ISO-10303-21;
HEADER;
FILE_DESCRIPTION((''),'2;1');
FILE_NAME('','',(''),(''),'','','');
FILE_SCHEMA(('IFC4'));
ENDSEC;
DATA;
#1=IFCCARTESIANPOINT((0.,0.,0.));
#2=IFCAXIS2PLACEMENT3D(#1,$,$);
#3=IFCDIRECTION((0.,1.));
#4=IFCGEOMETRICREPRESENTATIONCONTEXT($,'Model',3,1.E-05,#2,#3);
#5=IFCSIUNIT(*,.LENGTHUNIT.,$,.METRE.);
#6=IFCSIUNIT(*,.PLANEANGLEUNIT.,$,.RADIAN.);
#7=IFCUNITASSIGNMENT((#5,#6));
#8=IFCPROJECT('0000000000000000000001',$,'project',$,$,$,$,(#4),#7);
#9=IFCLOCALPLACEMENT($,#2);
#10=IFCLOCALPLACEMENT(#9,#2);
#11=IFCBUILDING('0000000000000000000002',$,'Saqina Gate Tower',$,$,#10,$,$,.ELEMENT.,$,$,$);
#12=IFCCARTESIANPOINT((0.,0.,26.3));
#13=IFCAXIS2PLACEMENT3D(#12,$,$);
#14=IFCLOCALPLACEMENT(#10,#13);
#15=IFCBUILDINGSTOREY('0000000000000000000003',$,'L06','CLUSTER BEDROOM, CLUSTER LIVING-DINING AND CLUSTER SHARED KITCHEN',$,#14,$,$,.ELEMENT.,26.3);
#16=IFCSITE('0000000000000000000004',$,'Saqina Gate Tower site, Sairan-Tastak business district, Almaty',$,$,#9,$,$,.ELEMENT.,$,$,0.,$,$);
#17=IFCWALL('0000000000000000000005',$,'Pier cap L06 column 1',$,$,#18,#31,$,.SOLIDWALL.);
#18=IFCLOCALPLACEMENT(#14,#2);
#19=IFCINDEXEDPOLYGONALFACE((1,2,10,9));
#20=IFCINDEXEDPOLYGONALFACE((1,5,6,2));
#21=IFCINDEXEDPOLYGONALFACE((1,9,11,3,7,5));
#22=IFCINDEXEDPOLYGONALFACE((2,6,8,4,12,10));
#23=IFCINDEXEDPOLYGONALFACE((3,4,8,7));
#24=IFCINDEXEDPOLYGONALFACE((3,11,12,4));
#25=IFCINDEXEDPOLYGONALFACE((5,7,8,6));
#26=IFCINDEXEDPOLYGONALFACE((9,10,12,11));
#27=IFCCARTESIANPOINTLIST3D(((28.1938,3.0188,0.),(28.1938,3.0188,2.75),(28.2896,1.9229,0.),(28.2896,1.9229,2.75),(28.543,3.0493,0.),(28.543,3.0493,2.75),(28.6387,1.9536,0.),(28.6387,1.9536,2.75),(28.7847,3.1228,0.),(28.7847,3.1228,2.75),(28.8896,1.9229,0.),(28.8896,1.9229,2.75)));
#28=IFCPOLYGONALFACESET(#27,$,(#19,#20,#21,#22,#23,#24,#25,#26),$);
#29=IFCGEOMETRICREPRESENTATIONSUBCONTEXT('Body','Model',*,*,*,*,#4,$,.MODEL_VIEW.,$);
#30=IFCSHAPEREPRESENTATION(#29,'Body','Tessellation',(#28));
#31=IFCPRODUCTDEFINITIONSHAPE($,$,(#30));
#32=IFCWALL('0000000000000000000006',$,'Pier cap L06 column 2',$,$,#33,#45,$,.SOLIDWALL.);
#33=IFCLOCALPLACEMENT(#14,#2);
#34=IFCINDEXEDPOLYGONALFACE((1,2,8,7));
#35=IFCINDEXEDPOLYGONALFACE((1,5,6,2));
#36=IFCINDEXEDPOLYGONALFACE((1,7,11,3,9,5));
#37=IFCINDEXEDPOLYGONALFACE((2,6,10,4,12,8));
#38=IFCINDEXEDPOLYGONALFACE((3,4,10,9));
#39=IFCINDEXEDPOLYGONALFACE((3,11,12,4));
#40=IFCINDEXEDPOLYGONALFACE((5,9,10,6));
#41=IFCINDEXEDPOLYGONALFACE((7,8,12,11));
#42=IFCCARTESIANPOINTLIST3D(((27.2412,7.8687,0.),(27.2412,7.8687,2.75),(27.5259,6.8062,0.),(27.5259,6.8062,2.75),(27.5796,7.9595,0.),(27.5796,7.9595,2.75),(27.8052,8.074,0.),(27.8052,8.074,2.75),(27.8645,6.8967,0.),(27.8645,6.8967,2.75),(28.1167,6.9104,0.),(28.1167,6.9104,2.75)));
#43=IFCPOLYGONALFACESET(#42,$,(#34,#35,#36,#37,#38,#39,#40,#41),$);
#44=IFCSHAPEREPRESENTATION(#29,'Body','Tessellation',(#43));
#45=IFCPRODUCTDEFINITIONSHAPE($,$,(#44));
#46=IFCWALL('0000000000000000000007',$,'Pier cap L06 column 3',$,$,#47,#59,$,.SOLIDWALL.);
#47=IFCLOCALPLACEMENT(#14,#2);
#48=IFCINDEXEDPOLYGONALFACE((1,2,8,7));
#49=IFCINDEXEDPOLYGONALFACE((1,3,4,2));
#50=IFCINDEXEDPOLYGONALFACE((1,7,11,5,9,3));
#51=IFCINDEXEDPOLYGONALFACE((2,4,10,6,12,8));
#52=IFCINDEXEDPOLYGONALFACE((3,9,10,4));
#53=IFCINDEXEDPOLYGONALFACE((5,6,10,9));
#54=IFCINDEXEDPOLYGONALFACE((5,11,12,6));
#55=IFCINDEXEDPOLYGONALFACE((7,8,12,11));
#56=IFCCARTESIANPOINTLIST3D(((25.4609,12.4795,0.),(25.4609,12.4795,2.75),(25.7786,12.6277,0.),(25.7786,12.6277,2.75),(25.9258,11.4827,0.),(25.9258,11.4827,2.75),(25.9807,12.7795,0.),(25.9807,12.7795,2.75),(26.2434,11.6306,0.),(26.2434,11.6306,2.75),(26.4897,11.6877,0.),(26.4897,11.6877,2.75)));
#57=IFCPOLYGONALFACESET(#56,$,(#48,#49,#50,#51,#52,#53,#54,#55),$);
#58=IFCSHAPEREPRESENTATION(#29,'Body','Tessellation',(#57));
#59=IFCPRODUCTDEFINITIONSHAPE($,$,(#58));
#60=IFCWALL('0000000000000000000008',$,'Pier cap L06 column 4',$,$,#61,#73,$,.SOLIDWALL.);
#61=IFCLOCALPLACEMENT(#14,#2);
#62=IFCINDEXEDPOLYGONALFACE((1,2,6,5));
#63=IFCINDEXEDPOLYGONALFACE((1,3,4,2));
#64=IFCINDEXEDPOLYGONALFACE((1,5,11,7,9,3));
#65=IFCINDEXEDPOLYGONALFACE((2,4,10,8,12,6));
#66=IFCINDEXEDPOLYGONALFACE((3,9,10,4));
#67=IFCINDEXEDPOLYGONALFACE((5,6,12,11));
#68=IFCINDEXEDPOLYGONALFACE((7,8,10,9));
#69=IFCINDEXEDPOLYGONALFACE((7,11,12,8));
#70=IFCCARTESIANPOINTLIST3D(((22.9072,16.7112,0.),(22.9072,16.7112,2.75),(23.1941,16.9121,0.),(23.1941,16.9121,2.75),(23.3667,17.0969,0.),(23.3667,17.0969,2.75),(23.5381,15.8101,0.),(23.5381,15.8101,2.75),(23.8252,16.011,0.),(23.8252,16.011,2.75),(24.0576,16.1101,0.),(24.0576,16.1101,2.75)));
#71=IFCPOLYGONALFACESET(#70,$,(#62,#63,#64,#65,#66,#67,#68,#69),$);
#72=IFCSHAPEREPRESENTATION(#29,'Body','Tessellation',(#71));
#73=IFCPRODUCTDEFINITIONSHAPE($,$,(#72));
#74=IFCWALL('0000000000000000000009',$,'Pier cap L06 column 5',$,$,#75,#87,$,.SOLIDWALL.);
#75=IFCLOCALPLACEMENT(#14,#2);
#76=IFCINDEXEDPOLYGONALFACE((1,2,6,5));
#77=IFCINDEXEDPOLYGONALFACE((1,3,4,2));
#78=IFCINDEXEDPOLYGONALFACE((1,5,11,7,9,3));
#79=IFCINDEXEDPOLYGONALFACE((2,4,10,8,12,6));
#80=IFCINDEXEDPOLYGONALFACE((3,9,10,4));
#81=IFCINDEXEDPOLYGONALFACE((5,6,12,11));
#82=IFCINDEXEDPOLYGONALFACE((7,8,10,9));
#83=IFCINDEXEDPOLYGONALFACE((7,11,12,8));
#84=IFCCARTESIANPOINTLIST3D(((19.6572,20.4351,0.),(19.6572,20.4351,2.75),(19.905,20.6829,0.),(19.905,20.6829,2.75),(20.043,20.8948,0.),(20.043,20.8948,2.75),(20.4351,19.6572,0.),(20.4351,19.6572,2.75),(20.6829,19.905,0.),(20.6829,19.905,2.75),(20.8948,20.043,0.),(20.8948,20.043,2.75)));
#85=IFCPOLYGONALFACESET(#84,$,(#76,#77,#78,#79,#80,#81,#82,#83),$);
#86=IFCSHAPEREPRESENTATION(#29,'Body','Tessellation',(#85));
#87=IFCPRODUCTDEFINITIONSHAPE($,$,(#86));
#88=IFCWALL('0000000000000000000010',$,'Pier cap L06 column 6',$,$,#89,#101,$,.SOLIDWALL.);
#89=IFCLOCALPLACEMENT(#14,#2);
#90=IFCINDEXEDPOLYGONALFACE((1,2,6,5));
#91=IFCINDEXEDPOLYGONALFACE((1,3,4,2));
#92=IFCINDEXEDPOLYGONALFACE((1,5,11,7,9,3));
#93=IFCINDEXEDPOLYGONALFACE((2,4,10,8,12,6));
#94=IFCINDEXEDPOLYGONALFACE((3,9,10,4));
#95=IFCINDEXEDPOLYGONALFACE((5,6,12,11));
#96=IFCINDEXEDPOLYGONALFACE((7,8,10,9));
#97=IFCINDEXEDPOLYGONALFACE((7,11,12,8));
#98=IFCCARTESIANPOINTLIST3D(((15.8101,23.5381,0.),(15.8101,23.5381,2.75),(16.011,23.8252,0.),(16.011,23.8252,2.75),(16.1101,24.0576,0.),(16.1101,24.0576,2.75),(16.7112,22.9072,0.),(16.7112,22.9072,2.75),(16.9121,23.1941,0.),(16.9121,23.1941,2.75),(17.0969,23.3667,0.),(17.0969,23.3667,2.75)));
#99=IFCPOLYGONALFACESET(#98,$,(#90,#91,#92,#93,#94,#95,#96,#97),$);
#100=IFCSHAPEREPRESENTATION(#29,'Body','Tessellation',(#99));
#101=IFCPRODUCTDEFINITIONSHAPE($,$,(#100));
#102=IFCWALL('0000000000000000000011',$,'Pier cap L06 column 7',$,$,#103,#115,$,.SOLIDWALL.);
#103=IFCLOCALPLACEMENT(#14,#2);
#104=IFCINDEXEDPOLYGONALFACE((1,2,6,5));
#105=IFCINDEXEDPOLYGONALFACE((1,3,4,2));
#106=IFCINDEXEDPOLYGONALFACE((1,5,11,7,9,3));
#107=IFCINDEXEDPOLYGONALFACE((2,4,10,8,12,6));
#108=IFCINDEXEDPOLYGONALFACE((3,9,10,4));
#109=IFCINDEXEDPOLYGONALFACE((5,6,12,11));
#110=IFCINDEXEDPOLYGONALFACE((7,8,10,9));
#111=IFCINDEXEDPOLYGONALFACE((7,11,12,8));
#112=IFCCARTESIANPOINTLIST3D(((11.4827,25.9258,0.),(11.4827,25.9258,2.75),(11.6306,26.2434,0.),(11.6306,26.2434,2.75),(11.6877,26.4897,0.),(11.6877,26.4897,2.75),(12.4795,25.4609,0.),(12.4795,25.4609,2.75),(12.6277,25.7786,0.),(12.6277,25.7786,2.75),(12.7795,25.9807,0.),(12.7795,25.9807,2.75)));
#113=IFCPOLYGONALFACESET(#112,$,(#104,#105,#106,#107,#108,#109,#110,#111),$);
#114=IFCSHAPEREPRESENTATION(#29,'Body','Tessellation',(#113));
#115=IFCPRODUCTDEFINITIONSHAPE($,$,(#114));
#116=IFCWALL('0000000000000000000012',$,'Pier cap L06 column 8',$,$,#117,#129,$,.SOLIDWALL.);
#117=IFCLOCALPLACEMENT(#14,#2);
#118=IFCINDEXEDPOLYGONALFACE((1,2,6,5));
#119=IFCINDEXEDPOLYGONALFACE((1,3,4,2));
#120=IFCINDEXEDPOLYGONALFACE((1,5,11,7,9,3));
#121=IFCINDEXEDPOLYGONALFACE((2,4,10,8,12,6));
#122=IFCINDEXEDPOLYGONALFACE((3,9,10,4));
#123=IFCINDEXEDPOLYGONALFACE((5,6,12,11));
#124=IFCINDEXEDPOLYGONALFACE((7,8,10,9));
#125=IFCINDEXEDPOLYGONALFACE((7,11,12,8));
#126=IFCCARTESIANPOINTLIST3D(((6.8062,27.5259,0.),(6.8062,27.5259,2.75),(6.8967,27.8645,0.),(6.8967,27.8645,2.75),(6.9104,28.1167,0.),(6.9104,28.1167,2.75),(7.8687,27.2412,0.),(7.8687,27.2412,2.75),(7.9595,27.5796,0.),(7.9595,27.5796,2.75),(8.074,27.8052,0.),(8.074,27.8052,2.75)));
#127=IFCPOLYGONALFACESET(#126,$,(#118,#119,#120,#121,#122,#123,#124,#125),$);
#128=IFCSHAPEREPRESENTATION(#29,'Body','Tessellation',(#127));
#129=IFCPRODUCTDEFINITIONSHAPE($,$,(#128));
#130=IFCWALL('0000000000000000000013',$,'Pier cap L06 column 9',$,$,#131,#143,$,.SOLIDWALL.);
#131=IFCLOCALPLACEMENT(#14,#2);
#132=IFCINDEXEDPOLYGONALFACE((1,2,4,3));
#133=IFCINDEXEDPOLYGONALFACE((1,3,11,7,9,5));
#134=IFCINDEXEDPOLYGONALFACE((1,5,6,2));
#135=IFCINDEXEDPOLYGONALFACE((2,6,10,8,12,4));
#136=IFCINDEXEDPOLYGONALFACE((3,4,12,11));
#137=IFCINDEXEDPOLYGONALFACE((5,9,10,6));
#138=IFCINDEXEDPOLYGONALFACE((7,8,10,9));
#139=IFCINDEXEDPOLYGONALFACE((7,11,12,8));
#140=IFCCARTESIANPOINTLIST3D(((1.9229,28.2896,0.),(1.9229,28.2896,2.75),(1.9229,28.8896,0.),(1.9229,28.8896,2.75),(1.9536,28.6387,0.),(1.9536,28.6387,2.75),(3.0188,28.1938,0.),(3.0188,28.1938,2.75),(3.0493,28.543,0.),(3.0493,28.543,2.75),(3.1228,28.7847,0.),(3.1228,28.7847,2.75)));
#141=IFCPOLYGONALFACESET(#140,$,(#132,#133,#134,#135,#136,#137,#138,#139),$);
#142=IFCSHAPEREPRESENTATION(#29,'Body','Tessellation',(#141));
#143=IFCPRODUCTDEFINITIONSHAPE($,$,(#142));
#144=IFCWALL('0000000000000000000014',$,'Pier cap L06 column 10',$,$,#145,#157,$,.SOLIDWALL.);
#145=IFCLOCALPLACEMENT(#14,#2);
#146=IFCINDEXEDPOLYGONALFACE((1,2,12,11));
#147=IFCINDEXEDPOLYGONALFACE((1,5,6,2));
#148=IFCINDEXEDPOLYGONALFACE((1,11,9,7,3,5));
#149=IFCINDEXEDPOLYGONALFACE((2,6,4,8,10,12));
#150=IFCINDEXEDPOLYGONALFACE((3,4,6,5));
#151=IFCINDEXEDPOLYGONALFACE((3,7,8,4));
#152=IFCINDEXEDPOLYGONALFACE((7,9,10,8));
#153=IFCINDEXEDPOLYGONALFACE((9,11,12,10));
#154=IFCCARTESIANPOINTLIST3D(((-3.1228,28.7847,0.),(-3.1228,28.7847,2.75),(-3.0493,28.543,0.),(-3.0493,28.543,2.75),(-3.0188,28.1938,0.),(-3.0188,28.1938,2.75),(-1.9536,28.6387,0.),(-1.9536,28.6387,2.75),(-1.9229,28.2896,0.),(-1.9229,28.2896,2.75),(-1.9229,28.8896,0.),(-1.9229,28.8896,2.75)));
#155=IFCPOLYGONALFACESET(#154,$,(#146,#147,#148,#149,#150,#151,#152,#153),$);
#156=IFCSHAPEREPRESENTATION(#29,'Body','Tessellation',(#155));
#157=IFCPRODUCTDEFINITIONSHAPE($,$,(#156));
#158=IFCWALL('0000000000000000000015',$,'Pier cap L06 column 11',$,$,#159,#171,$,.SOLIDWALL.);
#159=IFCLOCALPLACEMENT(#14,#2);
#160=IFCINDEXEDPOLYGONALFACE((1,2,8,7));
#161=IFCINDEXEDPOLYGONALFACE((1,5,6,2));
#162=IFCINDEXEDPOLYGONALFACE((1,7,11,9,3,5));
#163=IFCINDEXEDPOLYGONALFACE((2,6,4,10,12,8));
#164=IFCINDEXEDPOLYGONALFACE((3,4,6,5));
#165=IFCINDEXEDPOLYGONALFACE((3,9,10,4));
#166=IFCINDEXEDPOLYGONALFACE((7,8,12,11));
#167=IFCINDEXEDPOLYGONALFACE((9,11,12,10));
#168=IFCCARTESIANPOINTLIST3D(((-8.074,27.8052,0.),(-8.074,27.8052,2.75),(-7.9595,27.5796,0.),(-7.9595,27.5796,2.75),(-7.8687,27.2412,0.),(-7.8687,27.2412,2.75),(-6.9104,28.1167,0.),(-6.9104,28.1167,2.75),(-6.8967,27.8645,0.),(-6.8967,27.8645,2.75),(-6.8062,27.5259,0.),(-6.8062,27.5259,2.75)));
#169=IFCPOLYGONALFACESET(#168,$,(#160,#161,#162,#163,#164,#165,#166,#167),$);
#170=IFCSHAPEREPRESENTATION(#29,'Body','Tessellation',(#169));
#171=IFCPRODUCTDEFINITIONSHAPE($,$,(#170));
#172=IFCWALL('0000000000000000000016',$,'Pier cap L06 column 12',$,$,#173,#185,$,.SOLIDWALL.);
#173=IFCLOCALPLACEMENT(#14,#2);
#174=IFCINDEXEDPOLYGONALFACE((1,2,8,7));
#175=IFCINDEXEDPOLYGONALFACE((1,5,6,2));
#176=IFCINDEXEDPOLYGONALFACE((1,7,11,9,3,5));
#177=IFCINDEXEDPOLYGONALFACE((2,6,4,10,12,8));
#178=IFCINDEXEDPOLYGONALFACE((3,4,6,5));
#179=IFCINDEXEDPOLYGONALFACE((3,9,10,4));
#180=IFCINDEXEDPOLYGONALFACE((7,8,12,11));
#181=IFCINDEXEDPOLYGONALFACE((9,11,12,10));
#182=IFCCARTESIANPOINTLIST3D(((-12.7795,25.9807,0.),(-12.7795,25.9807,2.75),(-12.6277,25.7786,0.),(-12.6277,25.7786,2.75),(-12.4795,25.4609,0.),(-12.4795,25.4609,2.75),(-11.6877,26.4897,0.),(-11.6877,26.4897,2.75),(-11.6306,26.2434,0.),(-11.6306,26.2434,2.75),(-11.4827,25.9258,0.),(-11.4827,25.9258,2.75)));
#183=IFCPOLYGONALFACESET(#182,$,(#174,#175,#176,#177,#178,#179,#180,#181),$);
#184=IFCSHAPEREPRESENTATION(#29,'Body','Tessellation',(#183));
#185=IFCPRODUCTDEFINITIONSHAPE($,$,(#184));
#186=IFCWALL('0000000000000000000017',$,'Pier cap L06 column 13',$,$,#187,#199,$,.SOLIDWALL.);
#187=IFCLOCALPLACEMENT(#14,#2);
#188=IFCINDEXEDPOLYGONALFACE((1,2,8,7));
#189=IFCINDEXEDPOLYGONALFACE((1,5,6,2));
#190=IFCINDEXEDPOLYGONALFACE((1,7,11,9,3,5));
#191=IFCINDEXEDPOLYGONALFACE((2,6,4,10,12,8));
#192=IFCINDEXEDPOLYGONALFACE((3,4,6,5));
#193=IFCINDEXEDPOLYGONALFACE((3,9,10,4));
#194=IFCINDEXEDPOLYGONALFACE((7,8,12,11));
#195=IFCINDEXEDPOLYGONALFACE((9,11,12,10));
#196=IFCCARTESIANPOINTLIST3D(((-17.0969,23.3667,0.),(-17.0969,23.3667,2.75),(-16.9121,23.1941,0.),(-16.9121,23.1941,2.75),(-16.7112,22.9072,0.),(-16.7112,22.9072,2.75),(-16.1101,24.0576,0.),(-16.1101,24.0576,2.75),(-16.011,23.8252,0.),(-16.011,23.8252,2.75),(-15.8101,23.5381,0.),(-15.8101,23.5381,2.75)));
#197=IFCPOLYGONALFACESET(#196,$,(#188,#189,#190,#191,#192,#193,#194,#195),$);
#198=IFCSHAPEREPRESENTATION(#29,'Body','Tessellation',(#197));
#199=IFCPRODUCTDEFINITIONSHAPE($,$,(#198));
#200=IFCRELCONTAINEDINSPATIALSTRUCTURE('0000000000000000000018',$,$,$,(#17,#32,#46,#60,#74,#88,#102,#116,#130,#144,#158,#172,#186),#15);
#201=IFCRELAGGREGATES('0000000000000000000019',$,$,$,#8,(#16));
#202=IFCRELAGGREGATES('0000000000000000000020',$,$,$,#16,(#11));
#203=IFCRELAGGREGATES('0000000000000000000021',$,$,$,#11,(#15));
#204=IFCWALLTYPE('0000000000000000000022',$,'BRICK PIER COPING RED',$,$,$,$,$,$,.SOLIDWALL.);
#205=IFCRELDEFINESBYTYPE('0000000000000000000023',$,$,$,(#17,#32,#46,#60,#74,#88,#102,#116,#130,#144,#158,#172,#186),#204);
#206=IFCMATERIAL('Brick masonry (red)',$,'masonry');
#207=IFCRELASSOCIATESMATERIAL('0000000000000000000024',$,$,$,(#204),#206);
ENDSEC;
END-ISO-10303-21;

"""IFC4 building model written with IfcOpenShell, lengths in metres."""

from ifc_helpers import new_model, si_unit, direction, frame, origin, place, context, subcontext, project, spatial, polyline, outline, extrude, material, type_object, element, save


model = new_model("IFC4")

# Units and contexts
model_context = context("Model", 3, precision=1e-05, world=origin(), true_north=direction((0.0, 1.0)))
body_context = subcontext(model_context, "Body", "Model", "MODEL_VIEW")
ifc_project = project(units=[si_unit("LENGTHUNIT", "METRE"), si_unit("PLANEANGLEUNIT", "RADIAN")], contexts=[model_context])

# Site, building, storey
site_placement = place(None, origin())
site = spatial("IfcSite", under=ifc_project, at=site_placement, Name="Saqina Gate Tower site, Sairan-Tastak business district, Almaty", CompositionType="ELEMENT", RefElevation=0.0)
building_placement = place(site_placement, origin())
building = spatial("IfcBuilding", under=site, at=building_placement, Name="Saqina Gate Tower", CompositionType="ELEMENT")
storey_placement = place(building_placement, frame((0.0, 0.0, 26.3)))
storey = spatial("IfcBuildingStorey", under=building, at=storey_placement, Name="L06", Description="CLUSTER BEDROOM, CLUSTER LIVING-DINING AND CLUSTER SHARED KITCHEN", CompositionType="ELEMENT", Elevation=26.3)

# Walls
ifc_material_1 = material(Name="Brick masonry (red)", Category="masonry")
wall_type_1 = type_object("IfcWallType", Name="BRICK PIER COPING RED", PredefinedType="SOLIDWALL", material=ifc_material_1)
wall_1_placement = place(storey_placement, origin())
element("IfcWall", 1, at=wall_1_placement, inside=storey, type_object=wall_type_1, Name="Pier cap L06 column 1", PredefinedType="SOLIDWALL", context=body_context, shape_type="SweptSolid", body=[
    extrude(outline(polyline([(28.8896, 1.9229), (28.7847, 3.1228), (28.1938, 3.0188), (28.543, 3.0493), (28.6387, 1.9536), (28.2896, 1.9229), (28.8896, 1.9229)])), origin(), (0.0, 0.0, 1.0), 2.75),
])
wall_2_placement = place(storey_placement, origin())
element("IfcWall", 2, at=wall_2_placement, inside=storey, type_object=wall_type_1, Name="Pier cap L06 column 2", PredefinedType="SOLIDWALL", context=body_context, shape_type="SweptSolid", body=[
    extrude(outline(polyline([(28.1167, 6.9104), (27.8052, 8.074), (27.2412, 7.8687), (27.5796, 7.9595), (27.8645, 6.8967), (27.5259, 6.8062), (28.1167, 6.9104)])), origin(), (0.0, 0.0, 1.0), 2.75),
])
wall_3_placement = place(storey_placement, origin())
element("IfcWall", 3, at=wall_3_placement, inside=storey, type_object=wall_type_1, Name="Pier cap L06 column 3", PredefinedType="SOLIDWALL", context=body_context, shape_type="SweptSolid", body=[
    extrude(outline(polyline([(25.9807, 12.7795), (25.4609, 12.4795), (25.7786, 12.6277), (26.2434, 11.6306), (25.9258, 11.4827), (26.4897, 11.6877), (25.9807, 12.7795)])), origin(), (0.0, 0.0, 1.0), 2.75),
])
wall_4_placement = place(storey_placement, origin())
element("IfcWall", 4, at=wall_4_placement, inside=storey, type_object=wall_type_1, Name="Pier cap L06 column 4", PredefinedType="SOLIDWALL", context=body_context, shape_type="SweptSolid", body=[
    extrude(outline(polyline([(24.0576, 16.1101), (23.3667, 17.0969), (22.9072, 16.7112), (23.1941, 16.9121), (23.8252, 16.011), (23.5381, 15.8101), (24.0576, 16.1101)])), origin(), (0.0, 0.0, 1.0), 2.75),
])
wall_5_placement = place(storey_placement, origin())
element("IfcWall", 5, at=wall_5_placement, inside=storey, type_object=wall_type_1, Name="Pier cap L06 column 5", PredefinedType="SOLIDWALL", context=body_context, shape_type="SweptSolid", body=[
    extrude(outline(polyline([(20.043, 20.8948), (19.6572, 20.4351), (19.905, 20.6829), (20.6829, 19.905), (20.4351, 19.6572), (20.8948, 20.043), (20.043, 20.8948)])), origin(), (0.0, 0.0, 1.0), 2.75),
])
wall_6_placement = place(storey_placement, origin())
element("IfcWall", 6, at=wall_6_placement, inside=storey, type_object=wall_type_1, Name="Pier cap L06 column 6", PredefinedType="SOLIDWALL", context=body_context, shape_type="SweptSolid", body=[
    extrude(outline(polyline([(17.0969, 23.3667), (16.1101, 24.0576), (15.8101, 23.5381), (16.011, 23.8252), (16.9121, 23.1941), (16.7112, 22.9072), (17.0969, 23.3667)])), origin(), (0.0, 0.0, 1.0), 2.75),
])
wall_7_placement = place(storey_placement, origin())
element("IfcWall", 7, at=wall_7_placement, inside=storey, type_object=wall_type_1, Name="Pier cap L06 column 7", PredefinedType="SOLIDWALL", context=body_context, shape_type="SweptSolid", body=[
    extrude(outline(polyline([(11.6877, 26.4897), (11.4827, 25.9258), (11.6306, 26.2434), (12.6277, 25.7786), (12.4795, 25.4609), (12.7795, 25.9807), (11.6877, 26.4897)])), origin(), (0.0, 0.0, 1.0), 2.75),
])
wall_8_placement = place(storey_placement, origin())
element("IfcWall", 8, at=wall_8_placement, inside=storey, type_object=wall_type_1, Name="Pier cap L06 column 8", PredefinedType="SOLIDWALL", context=body_context, shape_type="SweptSolid", body=[
    extrude(outline(polyline([(6.9104, 28.1167), (6.8062, 27.5259), (6.8967, 27.8645), (7.9595, 27.5796), (7.8687, 27.2412), (8.074, 27.8052), (6.9104, 28.1167)])), origin(), (0.0, 0.0, 1.0), 2.75),
])
wall_9_placement = place(storey_placement, origin())
element("IfcWall", 9, at=wall_9_placement, inside=storey, type_object=wall_type_1, Name="Pier cap L06 column 9", PredefinedType="SOLIDWALL", context=body_context, shape_type="SweptSolid", body=[
    extrude(outline(polyline([(3.1228, 28.7847), (1.9229, 28.8896), (1.9229, 28.2896), (1.9536, 28.6387), (3.0493, 28.543), (3.0188, 28.1938), (3.1228, 28.7847)])), origin(), (0.0, 0.0, 1.0), 2.75),
])
wall_10_placement = place(storey_placement, origin())
element("IfcWall", 10, at=wall_10_placement, inside=storey, type_object=wall_type_1, Name="Pier cap L06 column 10", PredefinedType="SOLIDWALL", context=body_context, shape_type="SweptSolid", body=[
    extrude(outline(polyline([(-1.9229, 28.8896), (-3.1228, 28.7847), (-3.0188, 28.1938), (-3.0493, 28.543), (-1.9536, 28.6387), (-1.9229, 28.2896), (-1.9229, 28.8896)])), origin(), (0.0, 0.0, 1.0), 2.75),
])
wall_11_placement = place(storey_placement, origin())
element("IfcWall", 11, at=wall_11_placement, inside=storey, type_object=wall_type_1, Name="Pier cap L06 column 11", PredefinedType="SOLIDWALL", context=body_context, shape_type="SweptSolid", body=[
    extrude(outline(polyline([(-6.9104, 28.1167), (-8.074, 27.8052), (-7.8687, 27.2412), (-7.9595, 27.5796), (-6.8967, 27.8645), (-6.8062, 27.5259), (-6.9104, 28.1167)])), origin(), (0.0, 0.0, 1.0), 2.75),
])
wall_12_placement = place(storey_placement, origin())
element("IfcWall", 12, at=wall_12_placement, inside=storey, type_object=wall_type_1, Name="Pier cap L06 column 12", PredefinedType="SOLIDWALL", context=body_context, shape_type="SweptSolid", body=[
    extrude(outline(polyline([(-12.7795, 25.9807), (-12.4795, 25.4609), (-12.6277, 25.7786), (-11.6306, 26.2434), (-11.4827, 25.9258), (-11.6877, 26.4897), (-12.7795, 25.9807)])), origin(), (0.0, 0.0, 1.0), 2.75),
])
wall_13_placement = place(storey_placement, origin())
element("IfcWall", 13, at=wall_13_placement, inside=storey, type_object=wall_type_1, Name="Pier cap L06 column 13", PredefinedType="SOLIDWALL", context=body_context, shape_type="SweptSolid", body=[
    extrude(outline(polyline([(-16.1101, 24.0576), (-17.0969, 23.3667), (-16.7112, 22.9072), (-16.9121, 23.1941), (-16.011, 23.8252), (-15.8101, 23.5381), (-16.1101, 24.0576)])), origin(), (0.0, 0.0, 1.0), 2.75),
])

save(model, "model.ifc")
